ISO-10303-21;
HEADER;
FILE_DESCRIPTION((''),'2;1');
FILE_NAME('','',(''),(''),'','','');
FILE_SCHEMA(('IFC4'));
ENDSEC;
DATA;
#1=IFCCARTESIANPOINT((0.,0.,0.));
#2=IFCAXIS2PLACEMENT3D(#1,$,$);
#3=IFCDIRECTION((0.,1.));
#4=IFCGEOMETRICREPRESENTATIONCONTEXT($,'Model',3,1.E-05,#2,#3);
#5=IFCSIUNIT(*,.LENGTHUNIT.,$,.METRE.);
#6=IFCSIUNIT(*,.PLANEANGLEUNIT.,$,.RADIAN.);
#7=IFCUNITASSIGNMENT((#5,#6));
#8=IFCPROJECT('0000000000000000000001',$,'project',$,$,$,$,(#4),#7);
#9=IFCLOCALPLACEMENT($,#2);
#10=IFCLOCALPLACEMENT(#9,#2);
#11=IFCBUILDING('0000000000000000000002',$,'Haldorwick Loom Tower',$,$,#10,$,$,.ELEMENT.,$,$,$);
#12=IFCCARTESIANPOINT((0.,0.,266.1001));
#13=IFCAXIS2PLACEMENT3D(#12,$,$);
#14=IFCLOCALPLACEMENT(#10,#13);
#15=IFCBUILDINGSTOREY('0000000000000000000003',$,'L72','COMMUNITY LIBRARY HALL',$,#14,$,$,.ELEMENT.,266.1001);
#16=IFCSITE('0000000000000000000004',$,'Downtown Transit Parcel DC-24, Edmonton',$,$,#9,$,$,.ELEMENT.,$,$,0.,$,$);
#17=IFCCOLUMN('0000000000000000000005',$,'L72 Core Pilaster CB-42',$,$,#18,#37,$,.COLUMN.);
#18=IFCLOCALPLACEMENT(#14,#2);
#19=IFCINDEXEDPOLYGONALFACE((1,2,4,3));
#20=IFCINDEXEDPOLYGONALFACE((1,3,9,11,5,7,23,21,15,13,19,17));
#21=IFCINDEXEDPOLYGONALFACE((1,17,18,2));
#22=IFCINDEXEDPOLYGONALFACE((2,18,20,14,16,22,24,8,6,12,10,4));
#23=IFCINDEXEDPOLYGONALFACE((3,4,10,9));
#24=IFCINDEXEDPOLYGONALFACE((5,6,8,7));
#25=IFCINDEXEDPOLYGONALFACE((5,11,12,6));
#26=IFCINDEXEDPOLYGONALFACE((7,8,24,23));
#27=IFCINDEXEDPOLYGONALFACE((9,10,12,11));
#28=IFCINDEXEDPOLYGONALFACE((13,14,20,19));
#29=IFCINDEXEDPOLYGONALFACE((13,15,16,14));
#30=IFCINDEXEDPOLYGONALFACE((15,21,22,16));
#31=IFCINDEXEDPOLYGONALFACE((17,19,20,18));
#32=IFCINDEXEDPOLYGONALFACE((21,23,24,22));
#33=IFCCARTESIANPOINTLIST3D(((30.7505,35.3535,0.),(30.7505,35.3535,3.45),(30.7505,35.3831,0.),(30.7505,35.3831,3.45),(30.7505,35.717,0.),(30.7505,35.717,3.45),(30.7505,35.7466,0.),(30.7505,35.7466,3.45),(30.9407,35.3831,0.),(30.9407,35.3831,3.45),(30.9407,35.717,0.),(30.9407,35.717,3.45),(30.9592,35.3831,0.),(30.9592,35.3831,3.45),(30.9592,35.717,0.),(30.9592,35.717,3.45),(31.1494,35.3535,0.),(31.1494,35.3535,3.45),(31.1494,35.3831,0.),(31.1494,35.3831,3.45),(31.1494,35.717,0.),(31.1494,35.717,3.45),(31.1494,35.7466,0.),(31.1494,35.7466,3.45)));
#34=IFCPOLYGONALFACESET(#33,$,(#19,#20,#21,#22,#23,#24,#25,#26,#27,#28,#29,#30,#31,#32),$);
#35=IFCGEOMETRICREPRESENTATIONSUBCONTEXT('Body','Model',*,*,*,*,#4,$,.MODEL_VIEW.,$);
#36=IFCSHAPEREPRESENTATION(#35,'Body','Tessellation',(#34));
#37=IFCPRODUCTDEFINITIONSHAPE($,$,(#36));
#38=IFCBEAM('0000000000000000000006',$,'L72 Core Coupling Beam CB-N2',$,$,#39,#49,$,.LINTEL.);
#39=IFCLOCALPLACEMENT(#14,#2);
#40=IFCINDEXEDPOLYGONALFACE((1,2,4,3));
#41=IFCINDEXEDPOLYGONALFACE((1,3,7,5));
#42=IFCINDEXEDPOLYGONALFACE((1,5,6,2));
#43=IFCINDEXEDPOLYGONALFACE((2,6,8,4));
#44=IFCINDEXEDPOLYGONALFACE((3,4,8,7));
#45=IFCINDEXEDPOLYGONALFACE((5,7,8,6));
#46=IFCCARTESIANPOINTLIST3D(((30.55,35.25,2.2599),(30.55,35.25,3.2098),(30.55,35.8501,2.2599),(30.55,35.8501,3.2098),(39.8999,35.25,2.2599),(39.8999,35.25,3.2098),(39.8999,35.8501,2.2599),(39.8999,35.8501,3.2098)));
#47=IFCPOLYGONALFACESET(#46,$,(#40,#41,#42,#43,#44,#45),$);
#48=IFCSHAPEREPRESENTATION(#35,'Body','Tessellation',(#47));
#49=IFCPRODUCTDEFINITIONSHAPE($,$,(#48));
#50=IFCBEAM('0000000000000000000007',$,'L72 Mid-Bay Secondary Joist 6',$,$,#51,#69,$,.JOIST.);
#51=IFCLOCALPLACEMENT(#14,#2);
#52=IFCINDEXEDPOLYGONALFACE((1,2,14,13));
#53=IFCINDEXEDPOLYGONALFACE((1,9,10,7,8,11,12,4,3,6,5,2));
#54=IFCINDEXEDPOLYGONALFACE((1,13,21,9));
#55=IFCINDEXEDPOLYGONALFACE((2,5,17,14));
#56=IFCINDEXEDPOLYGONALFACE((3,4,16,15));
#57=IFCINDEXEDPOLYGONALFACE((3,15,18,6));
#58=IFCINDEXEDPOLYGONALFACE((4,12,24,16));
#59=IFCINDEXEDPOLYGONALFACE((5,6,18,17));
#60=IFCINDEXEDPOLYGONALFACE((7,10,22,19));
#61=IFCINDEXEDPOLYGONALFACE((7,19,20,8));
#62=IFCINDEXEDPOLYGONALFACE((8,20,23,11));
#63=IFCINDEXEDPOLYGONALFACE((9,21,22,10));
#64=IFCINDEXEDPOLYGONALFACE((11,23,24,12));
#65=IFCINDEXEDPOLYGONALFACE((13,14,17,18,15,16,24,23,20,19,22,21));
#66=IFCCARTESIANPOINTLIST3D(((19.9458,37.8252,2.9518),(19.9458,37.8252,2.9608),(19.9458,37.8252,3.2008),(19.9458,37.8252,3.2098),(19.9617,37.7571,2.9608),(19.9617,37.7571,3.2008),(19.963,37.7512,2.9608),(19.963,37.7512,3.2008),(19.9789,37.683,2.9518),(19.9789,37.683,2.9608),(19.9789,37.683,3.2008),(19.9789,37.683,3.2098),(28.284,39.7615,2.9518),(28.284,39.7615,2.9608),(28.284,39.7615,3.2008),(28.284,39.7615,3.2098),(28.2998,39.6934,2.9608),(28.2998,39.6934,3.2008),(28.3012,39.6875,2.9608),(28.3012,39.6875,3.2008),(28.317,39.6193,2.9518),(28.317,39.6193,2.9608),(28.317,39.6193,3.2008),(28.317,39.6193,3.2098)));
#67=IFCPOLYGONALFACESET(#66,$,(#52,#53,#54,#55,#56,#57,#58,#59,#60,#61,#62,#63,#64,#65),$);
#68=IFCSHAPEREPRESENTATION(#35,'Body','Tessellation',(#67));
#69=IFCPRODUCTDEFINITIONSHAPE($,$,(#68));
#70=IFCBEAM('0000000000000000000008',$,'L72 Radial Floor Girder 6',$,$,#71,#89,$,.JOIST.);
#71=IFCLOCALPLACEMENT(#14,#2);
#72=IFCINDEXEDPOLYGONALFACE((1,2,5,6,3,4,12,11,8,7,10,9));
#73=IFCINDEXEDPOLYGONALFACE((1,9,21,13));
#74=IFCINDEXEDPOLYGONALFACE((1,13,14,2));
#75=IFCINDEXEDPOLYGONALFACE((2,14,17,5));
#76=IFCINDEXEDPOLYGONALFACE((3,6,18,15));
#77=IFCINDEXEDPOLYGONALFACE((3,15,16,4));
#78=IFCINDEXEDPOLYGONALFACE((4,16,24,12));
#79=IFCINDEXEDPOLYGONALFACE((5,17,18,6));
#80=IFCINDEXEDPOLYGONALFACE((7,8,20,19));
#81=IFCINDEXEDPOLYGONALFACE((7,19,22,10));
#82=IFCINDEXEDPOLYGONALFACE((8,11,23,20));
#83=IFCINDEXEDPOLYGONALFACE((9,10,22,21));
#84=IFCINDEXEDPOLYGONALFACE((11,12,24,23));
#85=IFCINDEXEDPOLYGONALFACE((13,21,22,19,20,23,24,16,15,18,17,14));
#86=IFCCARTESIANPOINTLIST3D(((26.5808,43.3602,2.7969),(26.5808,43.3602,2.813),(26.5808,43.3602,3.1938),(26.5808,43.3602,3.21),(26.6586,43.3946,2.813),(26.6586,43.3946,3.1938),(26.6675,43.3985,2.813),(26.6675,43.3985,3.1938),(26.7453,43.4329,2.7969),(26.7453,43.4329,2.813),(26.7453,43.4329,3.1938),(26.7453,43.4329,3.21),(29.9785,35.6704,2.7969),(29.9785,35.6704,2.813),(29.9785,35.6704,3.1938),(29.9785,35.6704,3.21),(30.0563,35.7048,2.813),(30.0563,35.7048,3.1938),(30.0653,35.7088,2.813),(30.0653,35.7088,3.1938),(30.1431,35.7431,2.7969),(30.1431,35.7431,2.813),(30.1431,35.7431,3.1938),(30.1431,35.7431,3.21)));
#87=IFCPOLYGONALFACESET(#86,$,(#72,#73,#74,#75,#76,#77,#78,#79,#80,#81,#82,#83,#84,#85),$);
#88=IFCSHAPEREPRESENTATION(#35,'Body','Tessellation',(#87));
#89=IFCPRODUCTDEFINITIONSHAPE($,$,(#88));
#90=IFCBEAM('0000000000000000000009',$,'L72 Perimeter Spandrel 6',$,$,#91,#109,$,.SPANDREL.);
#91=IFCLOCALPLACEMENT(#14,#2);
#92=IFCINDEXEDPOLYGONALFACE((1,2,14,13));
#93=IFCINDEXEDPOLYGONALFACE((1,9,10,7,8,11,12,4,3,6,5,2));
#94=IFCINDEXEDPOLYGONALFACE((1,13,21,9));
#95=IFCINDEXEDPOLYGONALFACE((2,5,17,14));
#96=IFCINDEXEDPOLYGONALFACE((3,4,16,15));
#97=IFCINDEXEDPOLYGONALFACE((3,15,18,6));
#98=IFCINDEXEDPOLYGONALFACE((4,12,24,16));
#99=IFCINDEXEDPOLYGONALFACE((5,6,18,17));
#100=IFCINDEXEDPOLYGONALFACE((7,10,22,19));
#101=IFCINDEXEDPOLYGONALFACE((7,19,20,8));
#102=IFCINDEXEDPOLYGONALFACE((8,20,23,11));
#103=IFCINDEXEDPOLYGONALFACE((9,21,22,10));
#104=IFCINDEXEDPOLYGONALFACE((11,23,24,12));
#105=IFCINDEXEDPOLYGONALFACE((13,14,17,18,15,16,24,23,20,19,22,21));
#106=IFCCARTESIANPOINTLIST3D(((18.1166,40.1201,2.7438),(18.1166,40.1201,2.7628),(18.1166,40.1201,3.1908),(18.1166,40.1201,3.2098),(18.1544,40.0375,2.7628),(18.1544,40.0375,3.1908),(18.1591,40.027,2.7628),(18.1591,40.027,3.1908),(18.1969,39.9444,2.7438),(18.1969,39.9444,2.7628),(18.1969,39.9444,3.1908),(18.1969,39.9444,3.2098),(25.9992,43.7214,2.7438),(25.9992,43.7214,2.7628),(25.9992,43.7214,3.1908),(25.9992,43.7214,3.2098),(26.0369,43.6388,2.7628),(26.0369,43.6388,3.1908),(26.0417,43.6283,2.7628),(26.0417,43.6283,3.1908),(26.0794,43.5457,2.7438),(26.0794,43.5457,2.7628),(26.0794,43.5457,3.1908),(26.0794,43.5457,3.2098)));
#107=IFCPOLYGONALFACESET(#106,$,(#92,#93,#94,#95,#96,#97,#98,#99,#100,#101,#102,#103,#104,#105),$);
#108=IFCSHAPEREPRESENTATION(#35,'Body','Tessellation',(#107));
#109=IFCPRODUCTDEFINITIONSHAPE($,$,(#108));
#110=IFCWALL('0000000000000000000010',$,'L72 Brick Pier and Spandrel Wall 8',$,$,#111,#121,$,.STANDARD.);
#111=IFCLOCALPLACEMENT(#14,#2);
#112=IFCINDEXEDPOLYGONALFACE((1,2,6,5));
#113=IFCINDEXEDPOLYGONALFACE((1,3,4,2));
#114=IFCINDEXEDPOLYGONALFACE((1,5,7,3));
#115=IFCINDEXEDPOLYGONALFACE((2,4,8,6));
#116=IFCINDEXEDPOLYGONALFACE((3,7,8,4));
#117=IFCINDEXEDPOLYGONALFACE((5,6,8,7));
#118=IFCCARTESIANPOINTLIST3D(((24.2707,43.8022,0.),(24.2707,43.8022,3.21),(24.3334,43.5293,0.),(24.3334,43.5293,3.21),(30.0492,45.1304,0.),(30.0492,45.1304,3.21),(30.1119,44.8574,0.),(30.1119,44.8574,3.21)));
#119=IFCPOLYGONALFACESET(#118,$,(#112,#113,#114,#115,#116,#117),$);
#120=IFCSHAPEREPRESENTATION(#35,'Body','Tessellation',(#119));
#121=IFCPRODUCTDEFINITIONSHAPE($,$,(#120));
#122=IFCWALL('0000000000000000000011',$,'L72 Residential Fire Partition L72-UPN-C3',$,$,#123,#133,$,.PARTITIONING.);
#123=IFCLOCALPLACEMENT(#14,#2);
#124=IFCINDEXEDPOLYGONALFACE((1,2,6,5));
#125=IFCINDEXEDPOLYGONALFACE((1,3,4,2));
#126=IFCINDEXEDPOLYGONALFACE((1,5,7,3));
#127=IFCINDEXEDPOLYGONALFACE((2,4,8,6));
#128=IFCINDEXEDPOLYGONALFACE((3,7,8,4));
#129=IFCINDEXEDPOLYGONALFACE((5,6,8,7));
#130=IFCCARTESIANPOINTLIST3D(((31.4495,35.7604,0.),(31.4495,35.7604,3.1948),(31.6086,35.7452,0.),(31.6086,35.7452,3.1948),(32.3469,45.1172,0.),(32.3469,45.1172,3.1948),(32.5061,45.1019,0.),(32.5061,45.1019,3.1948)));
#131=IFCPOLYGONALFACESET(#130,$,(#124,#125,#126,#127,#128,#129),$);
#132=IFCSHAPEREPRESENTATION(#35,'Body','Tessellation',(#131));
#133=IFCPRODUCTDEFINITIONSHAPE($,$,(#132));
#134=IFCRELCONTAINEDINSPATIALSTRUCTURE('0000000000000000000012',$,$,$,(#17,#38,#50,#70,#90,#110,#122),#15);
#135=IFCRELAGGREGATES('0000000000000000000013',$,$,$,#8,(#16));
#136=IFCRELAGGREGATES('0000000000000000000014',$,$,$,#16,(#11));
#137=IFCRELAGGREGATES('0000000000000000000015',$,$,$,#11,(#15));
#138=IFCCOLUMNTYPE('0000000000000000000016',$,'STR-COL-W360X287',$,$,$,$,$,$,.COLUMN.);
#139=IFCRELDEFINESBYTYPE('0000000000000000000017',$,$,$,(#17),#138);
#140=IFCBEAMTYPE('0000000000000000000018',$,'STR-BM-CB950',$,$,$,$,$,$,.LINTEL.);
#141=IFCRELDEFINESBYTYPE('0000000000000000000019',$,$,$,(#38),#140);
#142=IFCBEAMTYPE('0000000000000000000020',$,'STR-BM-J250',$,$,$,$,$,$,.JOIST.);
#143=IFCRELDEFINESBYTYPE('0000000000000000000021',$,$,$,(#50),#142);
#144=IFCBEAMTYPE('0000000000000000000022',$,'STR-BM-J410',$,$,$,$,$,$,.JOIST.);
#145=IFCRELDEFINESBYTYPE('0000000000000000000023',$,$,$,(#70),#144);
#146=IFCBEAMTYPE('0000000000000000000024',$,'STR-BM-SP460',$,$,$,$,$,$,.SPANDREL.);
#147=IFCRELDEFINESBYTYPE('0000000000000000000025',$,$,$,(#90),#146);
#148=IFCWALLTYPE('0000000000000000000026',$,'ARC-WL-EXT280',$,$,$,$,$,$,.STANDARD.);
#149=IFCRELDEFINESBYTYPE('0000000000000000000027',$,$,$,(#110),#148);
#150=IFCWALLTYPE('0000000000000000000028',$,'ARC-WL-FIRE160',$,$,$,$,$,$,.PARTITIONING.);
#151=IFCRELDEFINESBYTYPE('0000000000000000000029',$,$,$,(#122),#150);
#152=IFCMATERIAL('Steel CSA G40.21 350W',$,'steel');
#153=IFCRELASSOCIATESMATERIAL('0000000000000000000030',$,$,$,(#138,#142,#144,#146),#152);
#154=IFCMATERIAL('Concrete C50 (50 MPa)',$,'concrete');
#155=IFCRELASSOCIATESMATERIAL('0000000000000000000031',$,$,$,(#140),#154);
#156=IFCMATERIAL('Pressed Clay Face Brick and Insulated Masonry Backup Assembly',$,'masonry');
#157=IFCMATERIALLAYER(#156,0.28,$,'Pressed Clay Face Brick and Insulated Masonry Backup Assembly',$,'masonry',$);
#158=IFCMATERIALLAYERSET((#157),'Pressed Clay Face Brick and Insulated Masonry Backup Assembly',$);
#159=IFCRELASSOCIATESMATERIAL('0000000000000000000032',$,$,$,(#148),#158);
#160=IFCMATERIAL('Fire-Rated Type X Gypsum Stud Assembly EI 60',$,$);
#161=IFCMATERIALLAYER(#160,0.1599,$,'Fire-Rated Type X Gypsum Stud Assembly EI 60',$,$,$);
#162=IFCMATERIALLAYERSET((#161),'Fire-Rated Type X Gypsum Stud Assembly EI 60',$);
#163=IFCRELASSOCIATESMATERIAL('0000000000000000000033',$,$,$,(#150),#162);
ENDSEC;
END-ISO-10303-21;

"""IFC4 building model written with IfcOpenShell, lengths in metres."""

from ifc_helpers import new_model, si_unit, direction, frame, frame_2d, origin, origin_2d, place, context, subcontext, project, spatial, rectangle, i_section, extrude, material, layer, layer_set, material_profile, profile_set, type_object, element, save


model = new_model("IFC4")

# Units and contexts
model_context = context("Model", 3, precision=1e-05, world=origin(), true_north=direction((0.0, 1.0)))
body_context = subcontext(model_context, "Body", "Model", "MODEL_VIEW")
ifc_project = project(units=[si_unit("LENGTHUNIT", "METRE"), si_unit("PLANEANGLEUNIT", "RADIAN")], contexts=[model_context])

# Site, building, storey
site_placement = place(None, origin())
site = spatial("IfcSite", under=ifc_project, at=site_placement, Name="Downtown Transit Parcel DC-24, Edmonton", CompositionType="ELEMENT", RefElevation=0.0)
building_placement = place(site_placement, origin())
building = spatial("IfcBuilding", under=site, at=building_placement, Name="Haldorwick Loom Tower", CompositionType="ELEMENT")
storey_placement = place(building_placement, frame((0.0, 0.0, 266.1001)))
storey = spatial("IfcBuildingStorey", under=building, at=storey_placement, Name="L72", Description="COMMUNITY LIBRARY HALL", CompositionType="ELEMENT", Elevation=266.1001)

# Column
ifc_material_1 = material(Name="Steel CSA G40.21 350W", Category="steel")
ifc_material_profile_1 = material_profile(ifc_material_1, i_section(OverallWidth=0.3989, OverallDepth=0.3931, WebThickness=0.0186, FlangeThickness=0.0295, at=origin_2d()), Name="W360X287", Category="steel")
ifc_profile_set_1 = profile_set([ifc_material_profile_1], Name="Steel CSA G40.21 350W")
column_type_1 = type_object("IfcColumnType", Name="STR-COL-W360X287", PredefinedType="COLUMN", material=ifc_profile_set_1)
for number, where, z_axis, x_axis, name in (
    (1, (30.95, 35.55, 0.0), (0.0, 0.0, 1.0), (1.0, 0.0, 0.0), "L72 Core Pilaster CB-42"),
):
    element("IfcColumn", number, at=place(storey_placement, frame(where, z_axis=z_axis, x_axis=x_axis)), inside=storey, type_object=column_type_1, Name=name, PredefinedType="COLUMN", context=body_context, shape_type="SweptSolid", body=[
        extrude(i_section(OverallWidth=0.3989, OverallDepth=0.3931, WebThickness=0.0186, FlangeThickness=0.0295, at=origin_2d()), origin(), (0.0, 0.0, 1.0), 3.45),
    ])

# Beams
ifc_material_2 = material(Name="Concrete C50 (50 MPa)", Category="concrete")
ifc_material_profile_2 = material_profile(ifc_material_2, rectangle(XDim=0.6001, YDim=0.95, at=origin_2d()), Name="RC600X950", Category="concrete")
ifc_profile_set_2 = profile_set([ifc_material_profile_2], Name="Concrete C50 (50 MPa)")
beam_type_1 = type_object("IfcBeamType", Name="STR-BM-CB950", PredefinedType="LINTEL", material=ifc_profile_set_2)
beam_1_placement = place(storey_placement, frame((30.55, 35.55, 2.7349), z_axis=(1.0, 0.0, 0.0), x_axis=(0.0, 1.0, 0.0)))
element("IfcBeam", 2, at=beam_1_placement, inside=storey, type_object=beam_type_1, Name="L72 Core Coupling Beam CB-N2", PredefinedType="LINTEL", context=body_context, shape_type="SweptSolid", body=[
    extrude(rectangle(XDim=0.6001, YDim=0.95, at=origin_2d()), origin(), (0.0, 0.0, 1.0), 9.3499),
])
ifc_material_profile_3 = material_profile(ifc_material_1, i_section(OverallWidth=0.146, OverallDepth=0.2581, WebThickness=0.0061, FlangeThickness=0.009, at=origin_2d()), Name="W250X33", Category="steel")
ifc_profile_set_3 = profile_set([ifc_material_profile_3], Name="Steel CSA G40.21 350W")
beam_type_2 = type_object("IfcBeamType", Name="STR-BM-J250", PredefinedType="JOIST", material=ifc_profile_set_3)
beam_2_placement = place(storey_placement, frame((28.3005, 39.6904, 3.0808), z_axis=(-0.974081, -0.226201, 0.0), x_axis=(0.226201, -0.974081, 0.0)))
element("IfcBeam", 3, at=beam_2_placement, inside=storey, type_object=beam_type_2, Name="L72 Mid-Bay Secondary Joist 6", PredefinedType="JOIST", context=body_context, shape_type="SweptSolid", body=[
    extrude(i_section(OverallWidth=0.146, OverallDepth=0.2581, WebThickness=0.0061, FlangeThickness=0.009, at=origin_2d()), origin(), (0.0, 0.0, 1.0), 8.5601),
])
ifc_material_profile_4 = material_profile(ifc_material_1, i_section(OverallWidth=0.1799, OverallDepth=0.4131, WebThickness=0.0098, FlangeThickness=0.0161, at=origin_2d()), Name="W410X74", Category="steel")
ifc_profile_set_4 = profile_set([ifc_material_profile_4], Name="Steel CSA G40.21 350W")
beam_type_3 = type_object("IfcBeamType", Name="STR-BM-J410", PredefinedType="JOIST", material=ifc_profile_set_4)
beam_3_placement = place(storey_placement, frame((30.0608, 35.7068, 3.0034), z_axis=(-0.404157, 0.91469, 0.0), x_axis=(-0.91469, -0.404157, 0.0)))
element("IfcBeam", 4, at=beam_3_placement, inside=storey, type_object=beam_type_3, Name="L72 Radial Floor Girder 6", PredefinedType="JOIST", context=body_context, shape_type="SweptSolid", body=[
    extrude(i_section(OverallWidth=0.1799, OverallDepth=0.4131, WebThickness=0.0098, FlangeThickness=0.0161, at=origin_2d()), origin(), (0.0, 0.0, 1.0), 8.407),
])
ifc_material_profile_5 = material_profile(ifc_material_1, i_section(OverallWidth=0.1931, OverallDepth=0.4661, WebThickness=0.0115, FlangeThickness=0.019, at=origin_2d()), Name="W460X97", Category="steel")
ifc_profile_set_5 = profile_set([ifc_material_profile_5], Name="Steel CSA G40.21 350W")
beam_type_4 = type_object("IfcBeamType", Name="STR-BM-SP460", PredefinedType="SPANDREL", material=ifc_profile_set_5)
beam_4_placement = place(storey_placement, frame((26.0393, 43.6335, 2.9768), z_axis=(-0.909568, -0.415555, 0.0), x_axis=(0.415555, -0.909568, 0.0)))
element("IfcBeam", 5, at=beam_4_placement, inside=storey, type_object=beam_type_4, Name="L72 Perimeter Spandrel 6", PredefinedType="SPANDREL", context=body_context, shape_type="SweptSolid", body=[
    extrude(i_section(OverallWidth=0.1931, OverallDepth=0.4661, WebThickness=0.0115, FlangeThickness=0.019, at=origin_2d()), origin(), (0.0, 0.0, 1.0), 8.6663),
])

# Walls
ifc_material_3 = material(Name="Pressed Clay Face Brick and Insulated Masonry Backup Assembly", Category="masonry")
ifc_layer_1 = layer(ifc_material_3, 0.28, Name="Pressed Clay Face Brick and Insulated Masonry Backup Assembly", Category="masonry")
ifc_layer_set_1 = layer_set([ifc_layer_1], Name="Pressed Clay Face Brick and Insulated Masonry Backup Assembly")
wall_type_1 = type_object("IfcWallType", Name="ARC-WL-EXT280", PredefinedType="STANDARD", material=ifc_layer_set_1)
wall_1_placement = place(storey_placement, frame((30.0806, 44.9939, 0.0), z_axis=(0.0, 0.0, 1.0), x_axis=(-0.97459, -0.223996, 0.0)))
element("IfcWall", 6, at=wall_1_placement, inside=storey, type_object=wall_type_1, Name="L72 Brick Pier and Spandrel Wall 8", PredefinedType="STANDARD", context=body_context, shape_type="SweptSolid", body=[
    extrude(rectangle(XDim=5.9292, YDim=0.28, at=frame_2d((2.9646, 0.0))), origin(), (0.0, 0.0, 1.0), 3.21),
])
ifc_material_4 = material(Name="Fire-Rated Type X Gypsum Stud Assembly EI 60")
ifc_layer_2 = layer(ifc_material_4, 0.1599, Name="Fire-Rated Type X Gypsum Stud Assembly EI 60")
ifc_layer_set_2 = layer_set([ifc_layer_2], Name="Fire-Rated Type X Gypsum Stud Assembly EI 60")
wall_type_2 = type_object("IfcWallType", Name="ARC-WL-FIRE160", PredefinedType="PARTITIONING", material=ifc_layer_set_2)
wall_2_placement = place(storey_placement, frame((31.5291, 35.7529, 0.0), z_axis=(0.0, 0.0, 1.0), x_axis=(0.095478, 0.995432, 0.0)))
element("IfcWall", 7, at=wall_2_placement, inside=storey, type_object=wall_type_2, Name="L72 Residential Fire Partition L72-UPN-C3", PredefinedType="PARTITIONING", context=body_context, shape_type="SweptSolid", body=[
    extrude(rectangle(XDim=9.3997, YDim=0.1599, at=frame_2d((4.6997, 0.0))), origin(), (0.0, 0.0, 1.0), 3.1948),
])

save(model, "model.ifc")
